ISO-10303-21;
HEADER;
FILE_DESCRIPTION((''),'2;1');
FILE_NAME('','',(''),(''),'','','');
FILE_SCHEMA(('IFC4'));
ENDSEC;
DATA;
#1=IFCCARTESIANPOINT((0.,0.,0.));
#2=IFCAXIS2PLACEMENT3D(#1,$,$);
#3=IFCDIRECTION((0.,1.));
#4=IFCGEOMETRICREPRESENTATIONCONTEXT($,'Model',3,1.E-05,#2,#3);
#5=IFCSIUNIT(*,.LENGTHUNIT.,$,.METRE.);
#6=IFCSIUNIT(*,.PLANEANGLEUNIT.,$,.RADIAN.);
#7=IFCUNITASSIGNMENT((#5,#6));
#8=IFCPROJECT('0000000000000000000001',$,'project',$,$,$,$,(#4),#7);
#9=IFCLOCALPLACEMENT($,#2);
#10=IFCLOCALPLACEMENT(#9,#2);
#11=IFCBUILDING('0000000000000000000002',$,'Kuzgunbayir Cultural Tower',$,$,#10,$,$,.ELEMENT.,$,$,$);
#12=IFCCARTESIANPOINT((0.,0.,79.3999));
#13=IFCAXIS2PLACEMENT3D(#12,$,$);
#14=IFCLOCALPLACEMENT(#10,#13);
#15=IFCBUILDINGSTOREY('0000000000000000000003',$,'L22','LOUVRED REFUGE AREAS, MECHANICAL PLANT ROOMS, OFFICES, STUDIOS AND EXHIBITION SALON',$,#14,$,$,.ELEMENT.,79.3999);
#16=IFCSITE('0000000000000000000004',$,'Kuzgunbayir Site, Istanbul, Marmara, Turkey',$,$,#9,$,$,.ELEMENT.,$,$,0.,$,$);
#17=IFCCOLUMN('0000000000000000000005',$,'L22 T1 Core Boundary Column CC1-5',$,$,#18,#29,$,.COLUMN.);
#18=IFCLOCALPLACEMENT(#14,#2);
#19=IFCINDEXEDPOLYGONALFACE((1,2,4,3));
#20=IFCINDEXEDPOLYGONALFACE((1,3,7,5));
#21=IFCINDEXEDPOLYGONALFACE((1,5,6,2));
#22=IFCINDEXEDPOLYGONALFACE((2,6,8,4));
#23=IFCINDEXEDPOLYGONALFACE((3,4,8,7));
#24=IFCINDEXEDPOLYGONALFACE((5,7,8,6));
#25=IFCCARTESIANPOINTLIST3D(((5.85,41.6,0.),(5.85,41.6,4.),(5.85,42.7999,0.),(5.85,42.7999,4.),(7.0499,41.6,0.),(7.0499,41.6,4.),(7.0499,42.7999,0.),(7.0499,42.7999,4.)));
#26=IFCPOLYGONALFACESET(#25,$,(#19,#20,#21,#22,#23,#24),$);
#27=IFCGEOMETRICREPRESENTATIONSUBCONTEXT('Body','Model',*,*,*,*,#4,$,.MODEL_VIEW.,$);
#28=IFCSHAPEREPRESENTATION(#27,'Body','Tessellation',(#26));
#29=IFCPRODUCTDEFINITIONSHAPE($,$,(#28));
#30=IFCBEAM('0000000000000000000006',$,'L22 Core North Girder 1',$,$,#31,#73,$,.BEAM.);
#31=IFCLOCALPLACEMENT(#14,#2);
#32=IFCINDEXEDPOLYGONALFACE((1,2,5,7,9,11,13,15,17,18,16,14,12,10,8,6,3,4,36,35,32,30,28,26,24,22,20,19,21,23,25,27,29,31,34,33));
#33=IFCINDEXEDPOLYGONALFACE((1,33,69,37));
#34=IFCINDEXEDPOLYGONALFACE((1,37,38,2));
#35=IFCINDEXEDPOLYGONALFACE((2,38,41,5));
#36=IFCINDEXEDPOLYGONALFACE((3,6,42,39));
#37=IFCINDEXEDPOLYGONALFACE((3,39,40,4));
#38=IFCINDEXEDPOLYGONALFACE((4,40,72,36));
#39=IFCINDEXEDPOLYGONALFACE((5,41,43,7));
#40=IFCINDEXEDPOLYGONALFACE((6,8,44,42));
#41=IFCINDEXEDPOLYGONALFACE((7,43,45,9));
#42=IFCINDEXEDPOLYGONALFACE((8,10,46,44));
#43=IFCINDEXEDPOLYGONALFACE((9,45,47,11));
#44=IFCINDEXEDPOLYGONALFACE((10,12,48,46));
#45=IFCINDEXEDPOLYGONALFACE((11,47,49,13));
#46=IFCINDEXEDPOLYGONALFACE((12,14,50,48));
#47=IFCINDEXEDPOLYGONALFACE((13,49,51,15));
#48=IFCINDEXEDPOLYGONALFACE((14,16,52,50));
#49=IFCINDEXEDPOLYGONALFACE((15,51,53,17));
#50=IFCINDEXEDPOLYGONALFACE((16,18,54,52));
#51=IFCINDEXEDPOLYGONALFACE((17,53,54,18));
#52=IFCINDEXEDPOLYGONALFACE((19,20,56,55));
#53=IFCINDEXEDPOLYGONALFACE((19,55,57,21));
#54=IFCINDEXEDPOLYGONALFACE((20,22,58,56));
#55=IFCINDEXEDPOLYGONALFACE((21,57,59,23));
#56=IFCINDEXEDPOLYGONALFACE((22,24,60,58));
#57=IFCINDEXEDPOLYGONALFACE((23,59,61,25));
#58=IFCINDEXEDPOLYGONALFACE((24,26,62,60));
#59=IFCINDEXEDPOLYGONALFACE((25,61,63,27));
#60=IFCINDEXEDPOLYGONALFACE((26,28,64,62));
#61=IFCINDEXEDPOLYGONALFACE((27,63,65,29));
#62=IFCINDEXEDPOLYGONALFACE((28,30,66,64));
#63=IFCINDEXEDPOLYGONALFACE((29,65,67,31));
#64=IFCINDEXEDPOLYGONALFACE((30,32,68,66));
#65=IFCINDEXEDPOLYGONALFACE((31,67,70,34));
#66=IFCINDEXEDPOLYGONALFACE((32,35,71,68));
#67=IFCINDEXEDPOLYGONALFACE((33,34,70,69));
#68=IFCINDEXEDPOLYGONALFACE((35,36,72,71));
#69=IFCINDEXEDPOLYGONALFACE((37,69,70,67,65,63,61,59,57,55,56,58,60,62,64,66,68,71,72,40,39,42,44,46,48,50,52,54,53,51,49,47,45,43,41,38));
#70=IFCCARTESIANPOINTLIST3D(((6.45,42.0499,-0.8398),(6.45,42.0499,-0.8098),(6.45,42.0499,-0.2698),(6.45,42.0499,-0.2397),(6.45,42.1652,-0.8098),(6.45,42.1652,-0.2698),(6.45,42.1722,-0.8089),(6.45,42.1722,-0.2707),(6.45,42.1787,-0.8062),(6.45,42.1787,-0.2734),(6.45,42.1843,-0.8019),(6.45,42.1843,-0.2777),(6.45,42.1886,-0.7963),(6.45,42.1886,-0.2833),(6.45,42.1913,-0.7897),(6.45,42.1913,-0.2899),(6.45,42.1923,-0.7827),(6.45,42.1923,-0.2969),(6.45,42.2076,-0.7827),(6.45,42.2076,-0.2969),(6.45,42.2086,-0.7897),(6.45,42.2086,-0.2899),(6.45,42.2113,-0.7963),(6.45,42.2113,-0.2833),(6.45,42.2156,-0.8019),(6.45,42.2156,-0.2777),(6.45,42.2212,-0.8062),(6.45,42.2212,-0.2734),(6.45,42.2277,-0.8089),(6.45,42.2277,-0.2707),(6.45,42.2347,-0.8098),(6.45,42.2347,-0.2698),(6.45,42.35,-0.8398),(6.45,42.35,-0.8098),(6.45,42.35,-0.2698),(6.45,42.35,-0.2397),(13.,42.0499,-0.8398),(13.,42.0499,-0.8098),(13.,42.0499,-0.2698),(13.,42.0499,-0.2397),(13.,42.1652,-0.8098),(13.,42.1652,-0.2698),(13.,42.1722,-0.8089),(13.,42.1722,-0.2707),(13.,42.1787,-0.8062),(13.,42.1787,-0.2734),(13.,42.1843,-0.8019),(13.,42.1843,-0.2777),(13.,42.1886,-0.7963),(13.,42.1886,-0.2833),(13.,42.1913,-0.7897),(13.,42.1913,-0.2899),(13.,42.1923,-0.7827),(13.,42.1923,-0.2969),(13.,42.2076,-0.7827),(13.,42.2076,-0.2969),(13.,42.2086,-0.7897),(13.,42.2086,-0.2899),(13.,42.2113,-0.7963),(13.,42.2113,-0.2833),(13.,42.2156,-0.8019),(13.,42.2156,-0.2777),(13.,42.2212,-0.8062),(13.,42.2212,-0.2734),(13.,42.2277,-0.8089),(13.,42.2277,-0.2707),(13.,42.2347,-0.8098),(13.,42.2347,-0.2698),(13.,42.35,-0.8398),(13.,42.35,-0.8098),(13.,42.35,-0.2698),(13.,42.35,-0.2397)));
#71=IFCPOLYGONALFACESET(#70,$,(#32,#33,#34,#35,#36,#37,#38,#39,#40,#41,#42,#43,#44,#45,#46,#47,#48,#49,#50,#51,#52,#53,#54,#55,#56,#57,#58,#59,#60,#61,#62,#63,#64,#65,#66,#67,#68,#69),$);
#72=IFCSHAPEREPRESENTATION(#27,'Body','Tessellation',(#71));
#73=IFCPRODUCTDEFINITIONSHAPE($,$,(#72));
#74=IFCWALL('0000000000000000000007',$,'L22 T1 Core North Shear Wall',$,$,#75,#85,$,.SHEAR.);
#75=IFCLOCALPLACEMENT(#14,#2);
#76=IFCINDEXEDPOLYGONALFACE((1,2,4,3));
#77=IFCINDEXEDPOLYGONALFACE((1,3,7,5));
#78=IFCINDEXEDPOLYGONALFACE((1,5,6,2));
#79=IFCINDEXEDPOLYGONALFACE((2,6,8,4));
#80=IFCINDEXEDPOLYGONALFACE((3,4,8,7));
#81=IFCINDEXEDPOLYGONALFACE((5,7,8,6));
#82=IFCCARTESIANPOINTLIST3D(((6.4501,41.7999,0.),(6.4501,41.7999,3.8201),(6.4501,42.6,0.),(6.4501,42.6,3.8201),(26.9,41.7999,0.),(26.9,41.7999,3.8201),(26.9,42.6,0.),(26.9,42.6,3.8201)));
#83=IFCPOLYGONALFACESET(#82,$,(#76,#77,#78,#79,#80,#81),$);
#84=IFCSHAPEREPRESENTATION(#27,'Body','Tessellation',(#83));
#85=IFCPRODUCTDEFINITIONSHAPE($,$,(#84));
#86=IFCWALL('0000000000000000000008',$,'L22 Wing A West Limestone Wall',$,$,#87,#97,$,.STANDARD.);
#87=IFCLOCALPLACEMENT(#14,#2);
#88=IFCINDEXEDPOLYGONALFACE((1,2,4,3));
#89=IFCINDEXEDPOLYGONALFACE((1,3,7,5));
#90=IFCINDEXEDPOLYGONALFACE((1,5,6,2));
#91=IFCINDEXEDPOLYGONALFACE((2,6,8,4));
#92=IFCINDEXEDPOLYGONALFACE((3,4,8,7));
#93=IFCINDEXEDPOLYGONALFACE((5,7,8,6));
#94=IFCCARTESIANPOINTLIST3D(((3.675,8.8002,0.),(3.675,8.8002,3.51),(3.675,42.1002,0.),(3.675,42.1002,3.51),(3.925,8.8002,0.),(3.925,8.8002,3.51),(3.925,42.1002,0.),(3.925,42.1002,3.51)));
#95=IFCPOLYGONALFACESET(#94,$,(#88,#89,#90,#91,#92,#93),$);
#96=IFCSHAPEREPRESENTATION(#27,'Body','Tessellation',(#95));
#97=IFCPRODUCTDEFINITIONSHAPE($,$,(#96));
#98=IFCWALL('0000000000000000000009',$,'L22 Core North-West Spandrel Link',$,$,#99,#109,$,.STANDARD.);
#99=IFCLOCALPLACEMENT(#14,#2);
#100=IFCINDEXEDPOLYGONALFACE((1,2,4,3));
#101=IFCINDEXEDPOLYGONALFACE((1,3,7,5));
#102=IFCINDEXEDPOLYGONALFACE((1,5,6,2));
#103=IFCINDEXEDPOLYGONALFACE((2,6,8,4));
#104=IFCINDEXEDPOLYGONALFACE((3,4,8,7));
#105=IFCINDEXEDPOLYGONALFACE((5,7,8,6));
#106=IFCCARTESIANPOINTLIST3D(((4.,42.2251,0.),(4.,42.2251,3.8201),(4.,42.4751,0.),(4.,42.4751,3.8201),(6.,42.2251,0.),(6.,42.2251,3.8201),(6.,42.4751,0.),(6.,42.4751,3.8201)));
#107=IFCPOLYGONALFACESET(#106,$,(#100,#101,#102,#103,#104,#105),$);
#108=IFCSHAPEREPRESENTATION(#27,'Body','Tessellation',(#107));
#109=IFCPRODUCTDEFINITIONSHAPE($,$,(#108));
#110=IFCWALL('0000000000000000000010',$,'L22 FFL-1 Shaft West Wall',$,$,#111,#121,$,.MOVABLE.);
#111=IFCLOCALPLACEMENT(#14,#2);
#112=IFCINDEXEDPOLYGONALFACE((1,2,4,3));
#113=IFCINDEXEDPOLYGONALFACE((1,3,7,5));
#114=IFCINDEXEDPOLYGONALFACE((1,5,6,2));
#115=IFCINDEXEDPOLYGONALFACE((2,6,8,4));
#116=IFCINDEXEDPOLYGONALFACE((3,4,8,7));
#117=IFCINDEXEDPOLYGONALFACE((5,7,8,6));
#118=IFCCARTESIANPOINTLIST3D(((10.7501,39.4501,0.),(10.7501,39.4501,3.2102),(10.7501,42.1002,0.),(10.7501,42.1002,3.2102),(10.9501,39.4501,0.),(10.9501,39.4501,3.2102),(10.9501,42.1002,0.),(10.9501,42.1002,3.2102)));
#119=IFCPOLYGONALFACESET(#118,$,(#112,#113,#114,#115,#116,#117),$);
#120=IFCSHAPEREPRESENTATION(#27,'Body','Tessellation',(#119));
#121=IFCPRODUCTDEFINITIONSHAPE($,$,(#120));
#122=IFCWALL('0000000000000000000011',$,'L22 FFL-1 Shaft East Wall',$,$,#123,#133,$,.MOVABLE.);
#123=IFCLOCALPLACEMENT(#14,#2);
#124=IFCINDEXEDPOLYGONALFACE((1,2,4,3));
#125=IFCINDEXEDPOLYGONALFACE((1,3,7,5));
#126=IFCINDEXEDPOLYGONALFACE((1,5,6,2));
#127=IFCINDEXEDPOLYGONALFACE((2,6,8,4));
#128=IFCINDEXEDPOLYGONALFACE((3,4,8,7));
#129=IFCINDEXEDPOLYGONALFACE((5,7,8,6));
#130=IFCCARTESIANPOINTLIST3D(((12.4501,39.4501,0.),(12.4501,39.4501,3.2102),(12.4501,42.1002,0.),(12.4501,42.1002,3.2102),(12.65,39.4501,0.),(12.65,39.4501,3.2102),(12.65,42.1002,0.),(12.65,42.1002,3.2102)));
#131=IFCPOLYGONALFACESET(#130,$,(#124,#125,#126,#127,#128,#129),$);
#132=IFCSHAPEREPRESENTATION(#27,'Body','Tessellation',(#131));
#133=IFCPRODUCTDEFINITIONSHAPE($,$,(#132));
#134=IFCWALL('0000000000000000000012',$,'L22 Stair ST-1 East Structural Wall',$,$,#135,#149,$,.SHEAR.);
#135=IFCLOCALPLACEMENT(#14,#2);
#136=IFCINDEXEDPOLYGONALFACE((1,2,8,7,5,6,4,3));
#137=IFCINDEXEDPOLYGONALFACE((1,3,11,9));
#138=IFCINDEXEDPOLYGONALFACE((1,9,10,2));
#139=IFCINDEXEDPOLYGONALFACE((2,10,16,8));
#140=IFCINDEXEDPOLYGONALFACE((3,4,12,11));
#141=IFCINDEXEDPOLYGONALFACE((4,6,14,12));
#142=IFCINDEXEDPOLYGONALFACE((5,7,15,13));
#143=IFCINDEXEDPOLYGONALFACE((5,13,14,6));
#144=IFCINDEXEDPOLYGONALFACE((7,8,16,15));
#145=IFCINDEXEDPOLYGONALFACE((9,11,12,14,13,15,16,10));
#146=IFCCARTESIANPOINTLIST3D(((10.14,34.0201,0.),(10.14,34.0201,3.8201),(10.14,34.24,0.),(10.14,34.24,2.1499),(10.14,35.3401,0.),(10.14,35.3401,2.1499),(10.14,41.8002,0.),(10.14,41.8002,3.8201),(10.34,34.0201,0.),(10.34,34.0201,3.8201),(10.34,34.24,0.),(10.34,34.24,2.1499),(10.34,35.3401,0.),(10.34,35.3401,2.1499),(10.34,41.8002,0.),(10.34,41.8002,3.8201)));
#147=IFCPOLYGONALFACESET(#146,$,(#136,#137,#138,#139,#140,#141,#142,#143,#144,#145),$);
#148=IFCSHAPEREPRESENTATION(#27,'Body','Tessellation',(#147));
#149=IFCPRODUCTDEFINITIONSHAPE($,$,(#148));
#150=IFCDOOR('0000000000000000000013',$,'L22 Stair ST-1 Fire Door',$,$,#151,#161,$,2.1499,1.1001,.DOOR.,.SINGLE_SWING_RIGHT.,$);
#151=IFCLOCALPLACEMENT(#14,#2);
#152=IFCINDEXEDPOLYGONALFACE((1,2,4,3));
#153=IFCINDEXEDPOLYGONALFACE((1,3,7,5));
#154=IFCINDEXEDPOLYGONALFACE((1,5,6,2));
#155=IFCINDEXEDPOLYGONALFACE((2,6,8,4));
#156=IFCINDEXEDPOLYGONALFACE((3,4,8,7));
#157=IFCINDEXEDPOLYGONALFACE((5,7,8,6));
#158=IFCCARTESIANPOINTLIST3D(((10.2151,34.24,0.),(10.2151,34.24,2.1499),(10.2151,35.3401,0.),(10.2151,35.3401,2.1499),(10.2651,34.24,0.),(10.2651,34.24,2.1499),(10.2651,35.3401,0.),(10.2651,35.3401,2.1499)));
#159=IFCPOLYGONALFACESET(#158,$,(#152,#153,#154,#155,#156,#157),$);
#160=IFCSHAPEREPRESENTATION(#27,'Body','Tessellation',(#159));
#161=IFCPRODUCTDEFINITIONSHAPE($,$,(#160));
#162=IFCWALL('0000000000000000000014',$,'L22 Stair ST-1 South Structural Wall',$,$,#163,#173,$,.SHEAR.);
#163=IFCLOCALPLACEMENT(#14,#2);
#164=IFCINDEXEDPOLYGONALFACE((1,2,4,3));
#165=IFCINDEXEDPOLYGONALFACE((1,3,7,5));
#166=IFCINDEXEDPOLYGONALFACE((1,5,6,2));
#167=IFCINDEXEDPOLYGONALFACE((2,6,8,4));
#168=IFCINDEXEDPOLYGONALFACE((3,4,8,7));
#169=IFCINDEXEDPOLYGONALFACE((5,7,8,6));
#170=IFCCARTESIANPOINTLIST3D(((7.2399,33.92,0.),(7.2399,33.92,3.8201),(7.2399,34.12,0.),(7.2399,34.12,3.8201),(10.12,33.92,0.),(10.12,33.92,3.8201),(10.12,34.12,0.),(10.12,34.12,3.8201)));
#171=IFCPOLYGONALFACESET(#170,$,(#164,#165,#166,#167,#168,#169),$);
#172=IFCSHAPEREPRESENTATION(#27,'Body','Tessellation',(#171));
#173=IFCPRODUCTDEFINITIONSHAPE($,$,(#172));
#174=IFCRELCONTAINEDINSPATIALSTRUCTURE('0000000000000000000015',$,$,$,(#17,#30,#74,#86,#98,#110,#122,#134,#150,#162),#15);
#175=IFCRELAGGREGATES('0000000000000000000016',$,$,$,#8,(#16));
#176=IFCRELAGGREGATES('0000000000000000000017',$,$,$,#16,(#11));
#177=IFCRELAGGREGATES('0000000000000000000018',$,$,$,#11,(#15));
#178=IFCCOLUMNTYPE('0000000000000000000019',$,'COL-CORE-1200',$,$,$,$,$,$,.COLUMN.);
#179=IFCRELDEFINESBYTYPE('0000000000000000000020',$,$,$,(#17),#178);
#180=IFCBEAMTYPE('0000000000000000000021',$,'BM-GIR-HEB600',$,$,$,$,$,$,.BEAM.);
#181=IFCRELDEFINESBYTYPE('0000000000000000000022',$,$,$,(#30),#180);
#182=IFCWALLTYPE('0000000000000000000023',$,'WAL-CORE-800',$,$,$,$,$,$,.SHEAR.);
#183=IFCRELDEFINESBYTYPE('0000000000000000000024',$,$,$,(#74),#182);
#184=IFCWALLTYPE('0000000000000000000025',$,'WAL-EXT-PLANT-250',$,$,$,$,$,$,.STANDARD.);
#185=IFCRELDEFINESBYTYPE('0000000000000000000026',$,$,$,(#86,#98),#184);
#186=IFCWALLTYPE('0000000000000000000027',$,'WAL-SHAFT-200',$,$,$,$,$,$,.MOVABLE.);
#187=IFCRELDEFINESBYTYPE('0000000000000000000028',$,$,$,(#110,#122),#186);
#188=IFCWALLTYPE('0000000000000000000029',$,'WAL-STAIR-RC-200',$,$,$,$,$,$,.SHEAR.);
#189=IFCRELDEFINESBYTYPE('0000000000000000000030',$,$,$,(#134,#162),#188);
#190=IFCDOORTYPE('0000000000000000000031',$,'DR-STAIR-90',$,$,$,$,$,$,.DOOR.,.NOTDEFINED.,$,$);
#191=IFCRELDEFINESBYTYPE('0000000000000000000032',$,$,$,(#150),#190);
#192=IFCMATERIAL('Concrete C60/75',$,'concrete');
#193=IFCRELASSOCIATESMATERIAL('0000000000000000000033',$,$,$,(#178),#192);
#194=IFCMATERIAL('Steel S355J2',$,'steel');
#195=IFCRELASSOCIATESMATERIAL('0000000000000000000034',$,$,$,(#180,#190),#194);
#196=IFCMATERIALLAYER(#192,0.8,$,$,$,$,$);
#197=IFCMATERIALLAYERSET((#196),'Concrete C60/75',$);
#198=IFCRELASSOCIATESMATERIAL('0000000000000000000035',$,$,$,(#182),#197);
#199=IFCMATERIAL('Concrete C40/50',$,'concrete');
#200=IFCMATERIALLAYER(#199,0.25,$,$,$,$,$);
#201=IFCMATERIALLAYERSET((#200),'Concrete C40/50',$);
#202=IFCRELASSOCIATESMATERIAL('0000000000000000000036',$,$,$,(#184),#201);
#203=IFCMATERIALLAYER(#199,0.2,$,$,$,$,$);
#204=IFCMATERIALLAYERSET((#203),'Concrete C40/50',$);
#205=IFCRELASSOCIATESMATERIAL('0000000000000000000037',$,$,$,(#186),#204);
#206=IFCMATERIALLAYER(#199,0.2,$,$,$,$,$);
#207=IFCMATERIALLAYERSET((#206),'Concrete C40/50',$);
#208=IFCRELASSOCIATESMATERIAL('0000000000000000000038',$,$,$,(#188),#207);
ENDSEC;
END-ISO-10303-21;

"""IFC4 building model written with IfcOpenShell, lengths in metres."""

from ifc_helpers import new_model, si_unit, direction, frame, frame_2d, origin, origin_2d, place, context, subcontext, project, spatial, rectangle, i_section, extrude, material, layer, layer_set, material_profile, profile_set, type_object, element, fill, save


model = new_model("IFC4")

# Units and contexts
model_context = context("Model", 3, precision=1e-05, world=origin(), true_north=direction((0.0, 1.0)))
body_context = subcontext(model_context, "Body", "Model", "MODEL_VIEW")
ifc_project = project(units=[si_unit("LENGTHUNIT", "METRE"), si_unit("PLANEANGLEUNIT", "RADIAN")], contexts=[model_context])

# Site, building, storey
site_placement = place(None, origin())
site = spatial("IfcSite", under=ifc_project, at=site_placement, Name="Kuzgunbayir Site, Istanbul, Marmara, Turkey", CompositionType="ELEMENT", RefElevation=0.0)
building_placement = place(site_placement, origin())
building = spatial("IfcBuilding", under=site, at=building_placement, Name="Kuzgunbayir Cultural Tower", CompositionType="ELEMENT")
storey_placement = place(building_placement, frame((0.0, 0.0, 79.3999)))
storey = spatial("IfcBuildingStorey", under=building, at=storey_placement, Name="L22", Description="LOUVRED REFUGE AREAS, MECHANICAL PLANT ROOMS, OFFICES, STUDIOS AND EXHIBITION SALON", CompositionType="ELEMENT", Elevation=79.3999)

# Column
ifc_material_1 = material(Name="Concrete C60/75", Category="concrete")
ifc_material_profile_1 = material_profile(ifc_material_1, rectangle(XDim=1.2, YDim=1.2, at=origin_2d()), Name="RC 1200x1200")
ifc_profile_set_1 = profile_set([ifc_material_profile_1], Name="Concrete C60/75")
column_type = type_object("IfcColumnType", Name="COL-CORE-1200", PredefinedType="COLUMN", material=ifc_profile_set_1)
column_placement = place(storey_placement, frame((6.45, 42.2, 0.0), z_axis=(0.0, 0.0, 1.0), x_axis=(1.0, 0.0, 0.0)))
element("IfcColumn", 1, at=column_placement, inside=storey, type_object=column_type, Name="L22 T1 Core Boundary Column CC1-5", PredefinedType="COLUMN", context=body_context, shape_type="SweptSolid", body=[
    extrude(rectangle(XDim=1.2, YDim=1.2, at=origin_2d()), origin(), (0.0, 0.0, 1.0), 4.0),
])

# Beam
ifc_material_2 = material(Name="Steel S355J2", Category="steel")
ifc_material_profile_2 = material_profile(ifc_material_2, i_section(OverallWidth=0.3, OverallDepth=0.6001, WebThickness=0.0154, FlangeThickness=0.03, FilletRadius=0.0271, at=origin_2d()), Name="HEB 600")
ifc_profile_set_2 = profile_set([ifc_material_profile_2], Name="Steel S355J2")
beam_type = type_object("IfcBeamType", Name="BM-GIR-HEB600", PredefinedType="BEAM", material=ifc_profile_set_2)
beam_placement = place(storey_placement, frame((6.45, 42.2, -0.5398), z_axis=(1.0, 0.0, 0.0), x_axis=(0.0, 1.0, 0.0)))
element("IfcBeam", 2, at=beam_placement, inside=storey, type_object=beam_type, Name="L22 Core North Girder 1", PredefinedType="BEAM", context=body_context, shape_type="SweptSolid", body=[
    extrude(i_section(OverallWidth=0.3, OverallDepth=0.6001, WebThickness=0.0154, FlangeThickness=0.03, FilletRadius=0.0271, at=origin_2d()), origin(), (0.0, 0.0, 1.0), 6.55),
])

# Walls
ifc_layer_1 = layer(ifc_material_1, 0.8)
ifc_layer_set_1 = layer_set([ifc_layer_1], Name="Concrete C60/75")
wall_type_1 = type_object("IfcWallType", Name="WAL-CORE-800", PredefinedType="SHEAR", material=ifc_layer_set_1)
wall_1_placement = place(storey_placement, frame((6.45, 42.2, 0.0), z_axis=(0.0, 0.0, 1.0), x_axis=(1.0, 0.0, 0.0)))
element("IfcWall", 3, at=wall_1_placement, inside=storey, type_object=wall_type_1, Name="L22 T1 Core North Shear Wall", PredefinedType="SHEAR", context=body_context, shape_type="SweptSolid", body=[
    extrude(rectangle(XDim=20.45, YDim=0.8, at=frame_2d((10.2251, 0.0))), origin(), (0.0, 0.0, 1.0), 3.8201),
])
ifc_material_3 = material(Name="Concrete C40/50", Category="concrete")
ifc_layer_2 = layer(ifc_material_3, 0.25)
ifc_layer_set_2 = layer_set([ifc_layer_2], Name="Concrete C40/50")
wall_type_2 = type_object("IfcWallType", Name="WAL-EXT-PLANT-250", PredefinedType="STANDARD", material=ifc_layer_set_2)
wall_2_placement = place(storey_placement, frame((3.8, 42.1001, 0.0), z_axis=(0.0, 0.0, 1.0), x_axis=(0.0, -1.0, 0.0)))
element("IfcWall", 4, at=wall_2_placement, inside=storey, type_object=wall_type_2, Name="L22 Wing A West Limestone Wall", PredefinedType="STANDARD", context=body_context, shape_type="SweptSolid", body=[
    extrude(rectangle(XDim=33.3, YDim=0.25, at=frame_2d((16.6499, 0.0))), origin(), (0.0, 0.0, 1.0), 3.51),
])
wall_3_placement = place(storey_placement, frame((6.0, 42.3501, 0.0), z_axis=(0.0, 0.0, 1.0), x_axis=(-1.0, 0.0, 0.0)))
element("IfcWall", 5, at=wall_3_placement, inside=storey, type_object=wall_type_2, Name="L22 Core North-West Spandrel Link", PredefinedType="STANDARD", context=body_context, shape_type="SweptSolid", body=[
    extrude(rectangle(XDim=2.0, YDim=0.25, at=frame_2d((1.0, 0.0))), origin(), (0.0, 0.0, 1.0), 3.8201),
])

# Shared definitions
ifc_layer_3 = layer(ifc_material_3, 0.2)
ifc_layer_set_3 = layer_set([ifc_layer_3], Name="Concrete C40/50")
wall_type_3 = type_object("IfcWallType", Name="WAL-SHAFT-200", PredefinedType="MOVABLE", material=ifc_layer_set_3)

# Walls
for number, where, z_axis, x_axis, name in (
    (6, (10.8501, 39.45, 0.0), (0.0, 0.0, 1.0), (0.0, 1.0, 0.0), "L22 FFL-1 Shaft West Wall"),
    (7, (12.55, 39.45, 0.0), (0.0, 0.0, 1.0), (0.0, 1.0, 0.0), "L22 FFL-1 Shaft East Wall"),
):
    element("IfcWall", number, at=place(storey_placement, frame(where, z_axis=z_axis, x_axis=x_axis)), inside=storey, type_object=wall_type_3, Name=name, PredefinedType="MOVABLE", context=body_context, shape_type="SweptSolid", body=[
        extrude(rectangle(XDim=2.6501, YDim=0.2, at=frame_2d((1.3252, 0.0))), origin(), (0.0, 0.0, 1.0), 3.2102),
    ])

# Wall, opening, door
ifc_layer_4 = layer(ifc_material_3, 0.2)
ifc_layer_set_4 = layer_set([ifc_layer_4], Name="Concrete C40/50")
wall_type_4 = type_object("IfcWallType", Name="WAL-STAIR-RC-200", PredefinedType="SHEAR", material=ifc_layer_set_4)
wall_4_placement = place(storey_placement, frame((10.24, 34.02, 0.0), z_axis=(0.0, 0.0, 1.0), x_axis=(0.0, 1.0, 0.0)))
wall_4 = element("IfcWall", 8, at=wall_4_placement, inside=storey, type_object=wall_type_4, Name="L22 Stair ST-1 East Structural Wall", PredefinedType="SHEAR", context=body_context, shape_type="SweptSolid", body=[
    extrude(rectangle(XDim=7.78, YDim=0.2, at=frame_2d((3.8901, 0.0))), origin(), (0.0, 0.0, 1.0), 3.8201),
])
opening_1_placement = place(wall_4_placement, frame((0.22, 0.0, 0.0)))
opening_1 = element("IfcOpeningElement", 9, at=opening_1_placement, cuts=wall_4, PredefinedType="OPENING", context=body_context, shape_type="SweptSolid", body=[
    extrude(rectangle(XDim=1.1001, YDim=2.1499, at=frame_2d((0.55, 1.075))), frame((0.0, 0.1099, 0.0), z_axis=(0.0, -1.0, 0.0), x_axis=(1.0, 0.0, 0.0)), (0.0, 0.0, 1.0), 0.22),
])
door_type_1 = type_object("IfcDoorType", Name="DR-STAIR-90", OperationType="NOTDEFINED", PredefinedType="DOOR", material=ifc_material_2)
door_1_placement = place(opening_1_placement, origin())
door_1 = element("IfcDoor", 10, at=door_1_placement, inside=storey, type_object=door_type_1, Name="L22 Stair ST-1 Fire Door", OperationType="SINGLE_SWING_RIGHT", OverallHeight=2.1499, OverallWidth=1.1001, PredefinedType="DOOR", context=body_context, shape_type="SweptSolid", body=[
    extrude(rectangle(XDim=1.1001, YDim=2.1499, at=frame_2d((0.55, 1.075))), frame((0.0, 0.0249, 0.0), z_axis=(0.0, -1.0, 0.0), x_axis=(1.0, 0.0, 0.0)), (0.0, 0.0, 1.0), 0.05),
])
fill(opening_1, door_1)

# Wall
wall_5_placement = place(storey_placement, frame((7.24, 34.02, 0.0), z_axis=(0.0, 0.0, 1.0), x_axis=(1.0, 0.0, 0.0)))
element("IfcWall", 11, at=wall_5_placement, inside=storey, type_object=wall_type_4, Name="L22 Stair ST-1 South Structural Wall", PredefinedType="SHEAR", context=body_context, shape_type="SweptSolid", body=[
    extrude(rectangle(XDim=2.8801, YDim=0.2, at=frame_2d((1.4399, 0.0))), origin(), (0.0, 0.0, 1.0), 3.8201),
])

save(model, "model.ifc")
